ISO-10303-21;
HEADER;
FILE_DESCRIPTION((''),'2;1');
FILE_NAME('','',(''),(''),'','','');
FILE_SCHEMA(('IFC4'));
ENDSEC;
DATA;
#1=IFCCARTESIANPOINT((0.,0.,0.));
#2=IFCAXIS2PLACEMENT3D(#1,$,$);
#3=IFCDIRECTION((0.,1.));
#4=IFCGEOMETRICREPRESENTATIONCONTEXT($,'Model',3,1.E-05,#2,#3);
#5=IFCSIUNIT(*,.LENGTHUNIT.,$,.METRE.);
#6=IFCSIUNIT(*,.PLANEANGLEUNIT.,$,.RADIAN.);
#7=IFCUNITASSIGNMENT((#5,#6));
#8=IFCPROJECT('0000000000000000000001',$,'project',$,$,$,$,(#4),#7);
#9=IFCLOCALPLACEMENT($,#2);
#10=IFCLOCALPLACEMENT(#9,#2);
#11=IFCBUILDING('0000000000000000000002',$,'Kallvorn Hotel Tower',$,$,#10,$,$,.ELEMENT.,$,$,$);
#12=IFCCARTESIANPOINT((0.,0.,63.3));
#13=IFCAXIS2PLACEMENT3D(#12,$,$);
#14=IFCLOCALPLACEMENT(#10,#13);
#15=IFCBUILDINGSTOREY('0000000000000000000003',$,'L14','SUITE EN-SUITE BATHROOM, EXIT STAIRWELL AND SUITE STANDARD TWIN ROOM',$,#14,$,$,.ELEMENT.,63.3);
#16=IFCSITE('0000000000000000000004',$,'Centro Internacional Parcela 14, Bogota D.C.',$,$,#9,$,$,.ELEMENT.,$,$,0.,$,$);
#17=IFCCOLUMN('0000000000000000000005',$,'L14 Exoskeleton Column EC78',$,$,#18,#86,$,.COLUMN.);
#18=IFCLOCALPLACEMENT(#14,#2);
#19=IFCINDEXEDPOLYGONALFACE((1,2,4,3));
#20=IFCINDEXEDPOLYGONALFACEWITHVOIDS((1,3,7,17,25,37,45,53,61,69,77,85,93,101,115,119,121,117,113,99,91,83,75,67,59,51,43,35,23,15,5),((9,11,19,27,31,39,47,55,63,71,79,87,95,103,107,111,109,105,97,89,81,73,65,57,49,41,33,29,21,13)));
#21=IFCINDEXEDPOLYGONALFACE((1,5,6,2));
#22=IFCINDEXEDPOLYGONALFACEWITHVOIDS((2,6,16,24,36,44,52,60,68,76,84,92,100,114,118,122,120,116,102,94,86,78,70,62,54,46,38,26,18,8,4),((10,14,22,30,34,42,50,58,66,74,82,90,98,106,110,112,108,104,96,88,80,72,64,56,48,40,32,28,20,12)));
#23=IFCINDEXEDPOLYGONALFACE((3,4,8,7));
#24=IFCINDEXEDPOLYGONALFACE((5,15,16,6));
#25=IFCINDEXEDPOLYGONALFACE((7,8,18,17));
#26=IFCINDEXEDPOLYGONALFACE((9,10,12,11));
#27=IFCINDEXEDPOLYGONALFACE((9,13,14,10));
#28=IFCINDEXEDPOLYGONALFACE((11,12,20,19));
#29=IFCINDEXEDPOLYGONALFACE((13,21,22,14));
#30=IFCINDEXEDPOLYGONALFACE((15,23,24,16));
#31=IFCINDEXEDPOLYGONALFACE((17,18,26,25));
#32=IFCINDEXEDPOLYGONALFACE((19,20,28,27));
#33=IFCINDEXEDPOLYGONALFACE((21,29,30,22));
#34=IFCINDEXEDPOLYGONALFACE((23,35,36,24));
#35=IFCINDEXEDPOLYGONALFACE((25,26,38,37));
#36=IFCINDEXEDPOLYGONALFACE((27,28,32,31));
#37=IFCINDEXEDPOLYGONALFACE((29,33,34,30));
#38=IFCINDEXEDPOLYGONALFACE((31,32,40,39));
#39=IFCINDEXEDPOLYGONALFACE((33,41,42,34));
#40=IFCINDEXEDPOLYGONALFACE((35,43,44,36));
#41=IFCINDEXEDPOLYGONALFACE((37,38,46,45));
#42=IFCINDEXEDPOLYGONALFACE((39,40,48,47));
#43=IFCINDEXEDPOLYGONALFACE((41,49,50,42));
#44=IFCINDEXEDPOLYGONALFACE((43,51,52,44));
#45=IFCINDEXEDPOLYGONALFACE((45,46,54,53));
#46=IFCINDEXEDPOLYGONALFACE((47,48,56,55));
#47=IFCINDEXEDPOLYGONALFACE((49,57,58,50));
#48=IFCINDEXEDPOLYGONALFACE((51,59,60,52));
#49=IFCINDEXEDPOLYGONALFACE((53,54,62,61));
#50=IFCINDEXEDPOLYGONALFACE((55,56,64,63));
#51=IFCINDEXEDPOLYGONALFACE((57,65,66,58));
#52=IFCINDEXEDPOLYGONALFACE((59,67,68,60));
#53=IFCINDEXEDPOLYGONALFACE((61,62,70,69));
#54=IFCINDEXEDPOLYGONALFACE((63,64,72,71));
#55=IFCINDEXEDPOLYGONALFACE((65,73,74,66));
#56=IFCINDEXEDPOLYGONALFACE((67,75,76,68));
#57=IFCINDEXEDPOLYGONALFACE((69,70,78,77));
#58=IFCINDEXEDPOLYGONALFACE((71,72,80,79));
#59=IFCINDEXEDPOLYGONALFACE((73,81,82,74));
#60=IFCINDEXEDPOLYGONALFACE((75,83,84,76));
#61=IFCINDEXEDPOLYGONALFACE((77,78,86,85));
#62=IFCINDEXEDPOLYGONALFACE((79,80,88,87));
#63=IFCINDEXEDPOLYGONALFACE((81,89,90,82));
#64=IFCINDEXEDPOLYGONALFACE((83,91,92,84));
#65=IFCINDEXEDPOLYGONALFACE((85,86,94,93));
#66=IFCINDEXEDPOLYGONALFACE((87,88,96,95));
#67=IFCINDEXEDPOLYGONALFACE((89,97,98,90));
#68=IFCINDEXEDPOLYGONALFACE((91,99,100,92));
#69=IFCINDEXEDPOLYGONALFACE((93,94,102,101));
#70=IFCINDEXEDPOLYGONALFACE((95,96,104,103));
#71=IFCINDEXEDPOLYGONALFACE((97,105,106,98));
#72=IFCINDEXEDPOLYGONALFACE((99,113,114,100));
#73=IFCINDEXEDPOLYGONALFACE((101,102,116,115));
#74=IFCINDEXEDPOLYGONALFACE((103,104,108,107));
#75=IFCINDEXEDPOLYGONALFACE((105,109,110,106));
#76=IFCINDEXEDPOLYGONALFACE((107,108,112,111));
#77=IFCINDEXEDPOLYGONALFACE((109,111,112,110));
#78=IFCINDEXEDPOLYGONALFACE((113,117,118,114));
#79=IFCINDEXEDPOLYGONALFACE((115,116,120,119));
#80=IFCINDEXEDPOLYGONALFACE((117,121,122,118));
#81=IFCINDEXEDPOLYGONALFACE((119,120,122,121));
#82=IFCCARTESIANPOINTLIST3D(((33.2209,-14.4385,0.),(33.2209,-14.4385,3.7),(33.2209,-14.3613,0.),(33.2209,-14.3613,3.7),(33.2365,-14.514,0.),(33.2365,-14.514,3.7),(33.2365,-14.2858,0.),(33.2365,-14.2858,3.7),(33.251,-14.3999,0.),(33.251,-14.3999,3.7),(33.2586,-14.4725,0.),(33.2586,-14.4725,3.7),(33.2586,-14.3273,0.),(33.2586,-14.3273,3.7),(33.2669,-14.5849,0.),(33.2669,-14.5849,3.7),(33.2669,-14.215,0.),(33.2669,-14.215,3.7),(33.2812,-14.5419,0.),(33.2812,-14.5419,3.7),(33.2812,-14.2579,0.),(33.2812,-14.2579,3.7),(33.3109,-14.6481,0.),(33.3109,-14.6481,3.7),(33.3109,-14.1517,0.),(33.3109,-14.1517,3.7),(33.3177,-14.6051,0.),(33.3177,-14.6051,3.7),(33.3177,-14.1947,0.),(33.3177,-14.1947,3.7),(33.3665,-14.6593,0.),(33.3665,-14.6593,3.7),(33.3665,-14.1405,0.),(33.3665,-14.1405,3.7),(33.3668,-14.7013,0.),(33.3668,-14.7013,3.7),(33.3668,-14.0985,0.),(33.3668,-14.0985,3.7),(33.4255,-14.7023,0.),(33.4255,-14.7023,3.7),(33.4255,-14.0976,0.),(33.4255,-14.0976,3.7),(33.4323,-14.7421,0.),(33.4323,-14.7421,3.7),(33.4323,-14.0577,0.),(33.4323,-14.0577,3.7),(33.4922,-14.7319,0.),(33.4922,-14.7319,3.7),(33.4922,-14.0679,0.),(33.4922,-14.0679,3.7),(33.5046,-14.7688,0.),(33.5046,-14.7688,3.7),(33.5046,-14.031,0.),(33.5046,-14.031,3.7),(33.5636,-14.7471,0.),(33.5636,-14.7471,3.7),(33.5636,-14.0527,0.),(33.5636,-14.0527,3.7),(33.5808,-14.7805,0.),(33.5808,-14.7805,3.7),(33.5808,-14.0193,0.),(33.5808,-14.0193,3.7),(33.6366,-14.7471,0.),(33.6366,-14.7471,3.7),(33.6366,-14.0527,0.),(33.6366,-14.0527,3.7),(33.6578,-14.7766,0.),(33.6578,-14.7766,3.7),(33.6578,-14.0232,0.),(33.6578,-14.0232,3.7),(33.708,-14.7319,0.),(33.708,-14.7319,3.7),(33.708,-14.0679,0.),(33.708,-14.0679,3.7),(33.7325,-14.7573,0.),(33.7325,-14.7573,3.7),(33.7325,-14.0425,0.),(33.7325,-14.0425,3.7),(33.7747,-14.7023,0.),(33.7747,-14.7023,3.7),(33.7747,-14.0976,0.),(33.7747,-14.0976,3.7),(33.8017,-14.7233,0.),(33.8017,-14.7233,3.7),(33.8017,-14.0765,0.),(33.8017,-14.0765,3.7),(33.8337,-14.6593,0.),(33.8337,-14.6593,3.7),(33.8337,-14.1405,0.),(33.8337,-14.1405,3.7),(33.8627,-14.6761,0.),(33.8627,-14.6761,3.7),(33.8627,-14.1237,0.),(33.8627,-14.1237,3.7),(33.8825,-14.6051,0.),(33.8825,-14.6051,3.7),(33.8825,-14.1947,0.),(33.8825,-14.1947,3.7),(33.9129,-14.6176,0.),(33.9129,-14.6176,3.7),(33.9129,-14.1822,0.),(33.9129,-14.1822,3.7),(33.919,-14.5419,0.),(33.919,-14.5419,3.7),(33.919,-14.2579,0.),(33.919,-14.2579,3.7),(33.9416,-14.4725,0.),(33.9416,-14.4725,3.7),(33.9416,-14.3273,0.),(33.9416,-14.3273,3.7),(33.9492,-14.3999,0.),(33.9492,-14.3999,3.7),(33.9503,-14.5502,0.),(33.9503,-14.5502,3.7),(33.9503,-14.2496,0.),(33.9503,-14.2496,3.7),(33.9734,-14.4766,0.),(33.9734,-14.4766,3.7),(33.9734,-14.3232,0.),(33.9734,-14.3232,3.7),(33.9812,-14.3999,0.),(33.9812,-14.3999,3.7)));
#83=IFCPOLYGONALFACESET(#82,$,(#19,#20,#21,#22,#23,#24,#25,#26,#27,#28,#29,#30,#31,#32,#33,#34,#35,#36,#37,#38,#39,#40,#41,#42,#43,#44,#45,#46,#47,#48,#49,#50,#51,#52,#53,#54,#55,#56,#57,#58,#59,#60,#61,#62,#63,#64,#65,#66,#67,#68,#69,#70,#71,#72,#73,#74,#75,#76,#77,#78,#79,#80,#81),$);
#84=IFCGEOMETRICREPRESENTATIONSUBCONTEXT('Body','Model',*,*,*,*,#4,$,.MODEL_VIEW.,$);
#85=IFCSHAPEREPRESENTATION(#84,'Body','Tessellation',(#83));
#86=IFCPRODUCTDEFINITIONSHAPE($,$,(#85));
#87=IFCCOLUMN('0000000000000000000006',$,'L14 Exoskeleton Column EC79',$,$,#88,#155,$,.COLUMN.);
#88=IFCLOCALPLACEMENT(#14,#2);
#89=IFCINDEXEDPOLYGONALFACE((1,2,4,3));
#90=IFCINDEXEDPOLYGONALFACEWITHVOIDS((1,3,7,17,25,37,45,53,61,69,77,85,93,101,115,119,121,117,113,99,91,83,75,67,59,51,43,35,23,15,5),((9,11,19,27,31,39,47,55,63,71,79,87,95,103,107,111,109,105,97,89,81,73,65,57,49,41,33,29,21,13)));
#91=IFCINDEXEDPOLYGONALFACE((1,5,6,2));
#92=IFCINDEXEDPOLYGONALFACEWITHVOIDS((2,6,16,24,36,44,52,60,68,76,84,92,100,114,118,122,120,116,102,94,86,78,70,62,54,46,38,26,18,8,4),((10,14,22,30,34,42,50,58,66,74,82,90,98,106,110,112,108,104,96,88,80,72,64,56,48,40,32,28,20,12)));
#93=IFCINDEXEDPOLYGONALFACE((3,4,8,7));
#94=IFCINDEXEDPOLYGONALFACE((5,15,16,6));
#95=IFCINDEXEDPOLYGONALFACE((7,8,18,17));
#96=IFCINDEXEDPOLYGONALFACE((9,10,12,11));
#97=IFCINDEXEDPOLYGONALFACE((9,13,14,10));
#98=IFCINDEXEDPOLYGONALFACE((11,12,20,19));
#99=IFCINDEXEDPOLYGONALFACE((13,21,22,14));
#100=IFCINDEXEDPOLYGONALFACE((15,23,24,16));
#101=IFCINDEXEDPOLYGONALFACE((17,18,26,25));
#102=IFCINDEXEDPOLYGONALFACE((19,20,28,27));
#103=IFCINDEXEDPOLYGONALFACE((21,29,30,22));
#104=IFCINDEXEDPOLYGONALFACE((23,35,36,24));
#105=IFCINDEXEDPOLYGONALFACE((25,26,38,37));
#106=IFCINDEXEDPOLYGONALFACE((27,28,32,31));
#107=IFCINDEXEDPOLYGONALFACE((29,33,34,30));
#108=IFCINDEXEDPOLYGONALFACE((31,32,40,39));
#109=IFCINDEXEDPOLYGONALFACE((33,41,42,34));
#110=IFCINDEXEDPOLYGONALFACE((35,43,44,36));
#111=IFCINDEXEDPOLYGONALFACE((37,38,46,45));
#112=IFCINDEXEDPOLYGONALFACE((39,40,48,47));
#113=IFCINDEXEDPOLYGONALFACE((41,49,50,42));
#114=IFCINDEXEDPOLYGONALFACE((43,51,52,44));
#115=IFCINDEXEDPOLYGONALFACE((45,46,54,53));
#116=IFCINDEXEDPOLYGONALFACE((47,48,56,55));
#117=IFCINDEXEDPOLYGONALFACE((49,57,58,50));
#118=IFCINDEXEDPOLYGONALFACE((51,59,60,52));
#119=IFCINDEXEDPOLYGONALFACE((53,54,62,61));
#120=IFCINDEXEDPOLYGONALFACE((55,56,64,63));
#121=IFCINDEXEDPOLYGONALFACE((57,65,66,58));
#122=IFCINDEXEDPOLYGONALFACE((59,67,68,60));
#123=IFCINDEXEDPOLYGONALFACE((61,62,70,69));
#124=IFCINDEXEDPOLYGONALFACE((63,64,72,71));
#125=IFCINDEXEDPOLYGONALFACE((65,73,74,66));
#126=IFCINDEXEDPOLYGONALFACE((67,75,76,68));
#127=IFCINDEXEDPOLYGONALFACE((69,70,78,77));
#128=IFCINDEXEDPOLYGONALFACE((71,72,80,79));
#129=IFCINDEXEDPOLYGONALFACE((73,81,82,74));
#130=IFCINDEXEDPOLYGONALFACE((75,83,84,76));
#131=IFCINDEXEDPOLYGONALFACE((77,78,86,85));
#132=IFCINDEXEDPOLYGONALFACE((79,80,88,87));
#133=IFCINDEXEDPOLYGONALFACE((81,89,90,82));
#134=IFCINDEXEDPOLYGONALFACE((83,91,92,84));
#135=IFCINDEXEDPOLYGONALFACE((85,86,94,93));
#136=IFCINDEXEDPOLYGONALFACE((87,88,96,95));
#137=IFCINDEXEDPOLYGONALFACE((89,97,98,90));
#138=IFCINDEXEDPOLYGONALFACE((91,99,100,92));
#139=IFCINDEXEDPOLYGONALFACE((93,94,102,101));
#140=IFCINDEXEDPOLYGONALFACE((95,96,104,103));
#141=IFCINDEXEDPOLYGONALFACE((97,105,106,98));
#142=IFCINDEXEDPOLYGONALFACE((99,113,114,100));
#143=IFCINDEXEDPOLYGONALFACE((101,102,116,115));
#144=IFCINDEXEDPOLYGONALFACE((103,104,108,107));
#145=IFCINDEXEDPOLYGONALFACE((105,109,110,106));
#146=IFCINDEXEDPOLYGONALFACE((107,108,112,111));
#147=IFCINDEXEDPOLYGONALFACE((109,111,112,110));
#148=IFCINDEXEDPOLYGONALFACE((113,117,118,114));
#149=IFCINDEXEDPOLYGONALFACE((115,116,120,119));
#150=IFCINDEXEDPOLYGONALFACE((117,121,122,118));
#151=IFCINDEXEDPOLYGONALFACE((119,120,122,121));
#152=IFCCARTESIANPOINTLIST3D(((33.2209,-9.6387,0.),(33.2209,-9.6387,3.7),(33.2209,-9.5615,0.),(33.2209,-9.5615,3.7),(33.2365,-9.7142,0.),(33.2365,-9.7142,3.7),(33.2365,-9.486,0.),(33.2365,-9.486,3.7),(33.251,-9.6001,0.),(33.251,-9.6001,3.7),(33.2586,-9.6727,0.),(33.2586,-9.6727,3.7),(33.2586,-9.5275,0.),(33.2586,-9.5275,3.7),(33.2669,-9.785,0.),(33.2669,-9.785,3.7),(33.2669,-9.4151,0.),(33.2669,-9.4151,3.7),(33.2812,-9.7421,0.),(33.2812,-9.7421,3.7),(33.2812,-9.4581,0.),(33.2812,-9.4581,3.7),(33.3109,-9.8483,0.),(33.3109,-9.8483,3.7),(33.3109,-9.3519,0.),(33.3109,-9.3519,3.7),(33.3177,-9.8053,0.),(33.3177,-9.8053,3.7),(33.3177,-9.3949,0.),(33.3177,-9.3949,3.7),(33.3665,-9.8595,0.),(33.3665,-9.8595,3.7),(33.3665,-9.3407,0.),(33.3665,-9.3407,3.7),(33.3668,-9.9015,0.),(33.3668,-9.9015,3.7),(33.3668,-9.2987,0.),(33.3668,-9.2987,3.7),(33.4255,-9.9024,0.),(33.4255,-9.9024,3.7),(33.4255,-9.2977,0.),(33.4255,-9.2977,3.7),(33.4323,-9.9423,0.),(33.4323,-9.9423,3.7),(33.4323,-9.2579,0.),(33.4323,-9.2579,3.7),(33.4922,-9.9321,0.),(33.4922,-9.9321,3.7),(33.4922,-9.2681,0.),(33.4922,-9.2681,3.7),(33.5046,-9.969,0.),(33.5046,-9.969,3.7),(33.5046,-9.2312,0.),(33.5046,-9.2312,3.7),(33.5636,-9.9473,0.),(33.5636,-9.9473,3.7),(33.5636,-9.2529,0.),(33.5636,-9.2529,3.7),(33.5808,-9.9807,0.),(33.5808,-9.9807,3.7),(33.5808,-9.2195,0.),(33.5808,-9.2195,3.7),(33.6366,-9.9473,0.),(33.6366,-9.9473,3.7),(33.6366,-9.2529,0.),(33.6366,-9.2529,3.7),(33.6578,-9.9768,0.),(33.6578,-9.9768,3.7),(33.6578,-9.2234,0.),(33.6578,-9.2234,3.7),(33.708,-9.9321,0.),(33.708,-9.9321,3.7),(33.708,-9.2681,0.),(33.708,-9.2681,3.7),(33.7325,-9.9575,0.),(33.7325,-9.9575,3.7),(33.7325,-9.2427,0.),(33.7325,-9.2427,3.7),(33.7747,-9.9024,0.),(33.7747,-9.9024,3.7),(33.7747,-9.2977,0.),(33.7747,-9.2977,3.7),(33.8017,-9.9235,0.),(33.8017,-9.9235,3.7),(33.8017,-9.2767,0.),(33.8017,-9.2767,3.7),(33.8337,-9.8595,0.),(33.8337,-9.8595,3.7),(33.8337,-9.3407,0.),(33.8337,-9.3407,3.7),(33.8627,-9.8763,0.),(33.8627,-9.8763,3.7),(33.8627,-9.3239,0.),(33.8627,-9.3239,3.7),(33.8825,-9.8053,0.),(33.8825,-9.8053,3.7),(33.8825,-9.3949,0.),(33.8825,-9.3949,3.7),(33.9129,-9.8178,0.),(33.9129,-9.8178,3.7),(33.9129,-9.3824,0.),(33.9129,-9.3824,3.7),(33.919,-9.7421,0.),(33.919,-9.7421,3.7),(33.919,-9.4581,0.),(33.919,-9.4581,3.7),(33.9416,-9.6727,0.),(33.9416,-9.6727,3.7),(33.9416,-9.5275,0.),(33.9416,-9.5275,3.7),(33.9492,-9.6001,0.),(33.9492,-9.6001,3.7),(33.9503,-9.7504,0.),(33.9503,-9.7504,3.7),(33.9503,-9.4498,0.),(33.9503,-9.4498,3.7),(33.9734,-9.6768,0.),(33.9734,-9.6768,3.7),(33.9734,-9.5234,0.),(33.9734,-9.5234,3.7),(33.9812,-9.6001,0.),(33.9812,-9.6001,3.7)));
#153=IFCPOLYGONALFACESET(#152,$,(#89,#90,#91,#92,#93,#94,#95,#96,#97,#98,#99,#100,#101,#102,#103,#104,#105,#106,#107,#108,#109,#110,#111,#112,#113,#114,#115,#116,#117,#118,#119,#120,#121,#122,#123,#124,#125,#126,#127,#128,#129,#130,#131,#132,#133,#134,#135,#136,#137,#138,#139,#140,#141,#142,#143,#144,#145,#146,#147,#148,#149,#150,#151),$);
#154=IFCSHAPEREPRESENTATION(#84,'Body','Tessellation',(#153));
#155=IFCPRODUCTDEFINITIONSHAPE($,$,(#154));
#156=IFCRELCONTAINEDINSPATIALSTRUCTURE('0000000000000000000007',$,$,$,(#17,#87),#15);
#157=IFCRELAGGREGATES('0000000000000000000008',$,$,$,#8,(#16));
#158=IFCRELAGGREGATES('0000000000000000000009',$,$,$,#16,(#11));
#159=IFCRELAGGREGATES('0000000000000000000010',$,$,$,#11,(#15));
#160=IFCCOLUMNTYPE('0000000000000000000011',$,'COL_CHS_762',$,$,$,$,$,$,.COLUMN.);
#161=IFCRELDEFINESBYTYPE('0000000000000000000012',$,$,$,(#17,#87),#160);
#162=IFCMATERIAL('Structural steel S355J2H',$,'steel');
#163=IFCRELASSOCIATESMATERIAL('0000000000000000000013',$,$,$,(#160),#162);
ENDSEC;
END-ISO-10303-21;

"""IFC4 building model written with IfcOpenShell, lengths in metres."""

from ifc_helpers import new_model, si_unit, direction, frame, origin, origin_2d, place, context, subcontext, project, spatial, hollow_circle, extrude, material, material_profile, profile_set, type_object, element, save


model = new_model("IFC4")

# Units and contexts
model_context = context("Model", 3, precision=1e-05, world=origin(), true_north=direction((0.0, 1.0)))
body_context = subcontext(model_context, "Body", "Model", "MODEL_VIEW")
ifc_project = project(units=[si_unit("LENGTHUNIT", "METRE"), si_unit("PLANEANGLEUNIT", "RADIAN")], contexts=[model_context])

# Site, building, storey
site_placement = place(None, origin())
site = spatial("IfcSite", under=ifc_project, at=site_placement, Name="Centro Internacional Parcela 14, Bogota D.C.", CompositionType="ELEMENT", RefElevation=0.0)
building_placement = place(site_placement, origin())
building = spatial("IfcBuilding", under=site, at=building_placement, Name="Kallvorn Hotel Tower", CompositionType="ELEMENT")
storey_placement = place(building_placement, frame((0.0, 0.0, 63.3)))
storey = spatial("IfcBuildingStorey", under=building, at=storey_placement, Name="L14", Description="SUITE EN-SUITE BATHROOM, EXIT STAIRWELL AND SUITE STANDARD TWIN ROOM", CompositionType="ELEMENT", Elevation=63.3)

# Columns
ifc_material_1 = material(Name="Structural steel S355J2H", Category="steel")
ifc_material_profile_1 = material_profile(ifc_material_1, hollow_circle(Radius=0.3811, WallThickness=0.032, at=origin_2d()), Name="CHS 762x32")
ifc_profile_set_1 = profile_set([ifc_material_profile_1], Name="Structural steel S355J2H")
column_type_1 = type_object("IfcColumnType", Name="COL_CHS_762", PredefinedType="COLUMN", material=ifc_profile_set_1)
for number, where, z_axis, x_axis, name in (
    (1, (33.6001, -14.3999, 0.0), (0.0, 0.0, 1.0), (1.0, 0.0, 0.0), "L14 Exoskeleton Column EC78"),
    (2, (33.6001, -9.6001, 0.0), (0.0, 0.0, 1.0), (1.0, 0.0, 0.0), "L14 Exoskeleton Column EC79"),
):
    element("IfcColumn", number, at=place(storey_placement, frame(where, z_axis=z_axis, x_axis=x_axis)), inside=storey, type_object=column_type_1, Name=name, PredefinedType="COLUMN", context=body_context, shape_type="SweptSolid", body=[
        extrude(hollow_circle(Radius=0.3811, WallThickness=0.032, at=origin_2d()), origin(), (0.0, 0.0, 1.0), 3.7),
    ])

save(model, "model.ifc")
